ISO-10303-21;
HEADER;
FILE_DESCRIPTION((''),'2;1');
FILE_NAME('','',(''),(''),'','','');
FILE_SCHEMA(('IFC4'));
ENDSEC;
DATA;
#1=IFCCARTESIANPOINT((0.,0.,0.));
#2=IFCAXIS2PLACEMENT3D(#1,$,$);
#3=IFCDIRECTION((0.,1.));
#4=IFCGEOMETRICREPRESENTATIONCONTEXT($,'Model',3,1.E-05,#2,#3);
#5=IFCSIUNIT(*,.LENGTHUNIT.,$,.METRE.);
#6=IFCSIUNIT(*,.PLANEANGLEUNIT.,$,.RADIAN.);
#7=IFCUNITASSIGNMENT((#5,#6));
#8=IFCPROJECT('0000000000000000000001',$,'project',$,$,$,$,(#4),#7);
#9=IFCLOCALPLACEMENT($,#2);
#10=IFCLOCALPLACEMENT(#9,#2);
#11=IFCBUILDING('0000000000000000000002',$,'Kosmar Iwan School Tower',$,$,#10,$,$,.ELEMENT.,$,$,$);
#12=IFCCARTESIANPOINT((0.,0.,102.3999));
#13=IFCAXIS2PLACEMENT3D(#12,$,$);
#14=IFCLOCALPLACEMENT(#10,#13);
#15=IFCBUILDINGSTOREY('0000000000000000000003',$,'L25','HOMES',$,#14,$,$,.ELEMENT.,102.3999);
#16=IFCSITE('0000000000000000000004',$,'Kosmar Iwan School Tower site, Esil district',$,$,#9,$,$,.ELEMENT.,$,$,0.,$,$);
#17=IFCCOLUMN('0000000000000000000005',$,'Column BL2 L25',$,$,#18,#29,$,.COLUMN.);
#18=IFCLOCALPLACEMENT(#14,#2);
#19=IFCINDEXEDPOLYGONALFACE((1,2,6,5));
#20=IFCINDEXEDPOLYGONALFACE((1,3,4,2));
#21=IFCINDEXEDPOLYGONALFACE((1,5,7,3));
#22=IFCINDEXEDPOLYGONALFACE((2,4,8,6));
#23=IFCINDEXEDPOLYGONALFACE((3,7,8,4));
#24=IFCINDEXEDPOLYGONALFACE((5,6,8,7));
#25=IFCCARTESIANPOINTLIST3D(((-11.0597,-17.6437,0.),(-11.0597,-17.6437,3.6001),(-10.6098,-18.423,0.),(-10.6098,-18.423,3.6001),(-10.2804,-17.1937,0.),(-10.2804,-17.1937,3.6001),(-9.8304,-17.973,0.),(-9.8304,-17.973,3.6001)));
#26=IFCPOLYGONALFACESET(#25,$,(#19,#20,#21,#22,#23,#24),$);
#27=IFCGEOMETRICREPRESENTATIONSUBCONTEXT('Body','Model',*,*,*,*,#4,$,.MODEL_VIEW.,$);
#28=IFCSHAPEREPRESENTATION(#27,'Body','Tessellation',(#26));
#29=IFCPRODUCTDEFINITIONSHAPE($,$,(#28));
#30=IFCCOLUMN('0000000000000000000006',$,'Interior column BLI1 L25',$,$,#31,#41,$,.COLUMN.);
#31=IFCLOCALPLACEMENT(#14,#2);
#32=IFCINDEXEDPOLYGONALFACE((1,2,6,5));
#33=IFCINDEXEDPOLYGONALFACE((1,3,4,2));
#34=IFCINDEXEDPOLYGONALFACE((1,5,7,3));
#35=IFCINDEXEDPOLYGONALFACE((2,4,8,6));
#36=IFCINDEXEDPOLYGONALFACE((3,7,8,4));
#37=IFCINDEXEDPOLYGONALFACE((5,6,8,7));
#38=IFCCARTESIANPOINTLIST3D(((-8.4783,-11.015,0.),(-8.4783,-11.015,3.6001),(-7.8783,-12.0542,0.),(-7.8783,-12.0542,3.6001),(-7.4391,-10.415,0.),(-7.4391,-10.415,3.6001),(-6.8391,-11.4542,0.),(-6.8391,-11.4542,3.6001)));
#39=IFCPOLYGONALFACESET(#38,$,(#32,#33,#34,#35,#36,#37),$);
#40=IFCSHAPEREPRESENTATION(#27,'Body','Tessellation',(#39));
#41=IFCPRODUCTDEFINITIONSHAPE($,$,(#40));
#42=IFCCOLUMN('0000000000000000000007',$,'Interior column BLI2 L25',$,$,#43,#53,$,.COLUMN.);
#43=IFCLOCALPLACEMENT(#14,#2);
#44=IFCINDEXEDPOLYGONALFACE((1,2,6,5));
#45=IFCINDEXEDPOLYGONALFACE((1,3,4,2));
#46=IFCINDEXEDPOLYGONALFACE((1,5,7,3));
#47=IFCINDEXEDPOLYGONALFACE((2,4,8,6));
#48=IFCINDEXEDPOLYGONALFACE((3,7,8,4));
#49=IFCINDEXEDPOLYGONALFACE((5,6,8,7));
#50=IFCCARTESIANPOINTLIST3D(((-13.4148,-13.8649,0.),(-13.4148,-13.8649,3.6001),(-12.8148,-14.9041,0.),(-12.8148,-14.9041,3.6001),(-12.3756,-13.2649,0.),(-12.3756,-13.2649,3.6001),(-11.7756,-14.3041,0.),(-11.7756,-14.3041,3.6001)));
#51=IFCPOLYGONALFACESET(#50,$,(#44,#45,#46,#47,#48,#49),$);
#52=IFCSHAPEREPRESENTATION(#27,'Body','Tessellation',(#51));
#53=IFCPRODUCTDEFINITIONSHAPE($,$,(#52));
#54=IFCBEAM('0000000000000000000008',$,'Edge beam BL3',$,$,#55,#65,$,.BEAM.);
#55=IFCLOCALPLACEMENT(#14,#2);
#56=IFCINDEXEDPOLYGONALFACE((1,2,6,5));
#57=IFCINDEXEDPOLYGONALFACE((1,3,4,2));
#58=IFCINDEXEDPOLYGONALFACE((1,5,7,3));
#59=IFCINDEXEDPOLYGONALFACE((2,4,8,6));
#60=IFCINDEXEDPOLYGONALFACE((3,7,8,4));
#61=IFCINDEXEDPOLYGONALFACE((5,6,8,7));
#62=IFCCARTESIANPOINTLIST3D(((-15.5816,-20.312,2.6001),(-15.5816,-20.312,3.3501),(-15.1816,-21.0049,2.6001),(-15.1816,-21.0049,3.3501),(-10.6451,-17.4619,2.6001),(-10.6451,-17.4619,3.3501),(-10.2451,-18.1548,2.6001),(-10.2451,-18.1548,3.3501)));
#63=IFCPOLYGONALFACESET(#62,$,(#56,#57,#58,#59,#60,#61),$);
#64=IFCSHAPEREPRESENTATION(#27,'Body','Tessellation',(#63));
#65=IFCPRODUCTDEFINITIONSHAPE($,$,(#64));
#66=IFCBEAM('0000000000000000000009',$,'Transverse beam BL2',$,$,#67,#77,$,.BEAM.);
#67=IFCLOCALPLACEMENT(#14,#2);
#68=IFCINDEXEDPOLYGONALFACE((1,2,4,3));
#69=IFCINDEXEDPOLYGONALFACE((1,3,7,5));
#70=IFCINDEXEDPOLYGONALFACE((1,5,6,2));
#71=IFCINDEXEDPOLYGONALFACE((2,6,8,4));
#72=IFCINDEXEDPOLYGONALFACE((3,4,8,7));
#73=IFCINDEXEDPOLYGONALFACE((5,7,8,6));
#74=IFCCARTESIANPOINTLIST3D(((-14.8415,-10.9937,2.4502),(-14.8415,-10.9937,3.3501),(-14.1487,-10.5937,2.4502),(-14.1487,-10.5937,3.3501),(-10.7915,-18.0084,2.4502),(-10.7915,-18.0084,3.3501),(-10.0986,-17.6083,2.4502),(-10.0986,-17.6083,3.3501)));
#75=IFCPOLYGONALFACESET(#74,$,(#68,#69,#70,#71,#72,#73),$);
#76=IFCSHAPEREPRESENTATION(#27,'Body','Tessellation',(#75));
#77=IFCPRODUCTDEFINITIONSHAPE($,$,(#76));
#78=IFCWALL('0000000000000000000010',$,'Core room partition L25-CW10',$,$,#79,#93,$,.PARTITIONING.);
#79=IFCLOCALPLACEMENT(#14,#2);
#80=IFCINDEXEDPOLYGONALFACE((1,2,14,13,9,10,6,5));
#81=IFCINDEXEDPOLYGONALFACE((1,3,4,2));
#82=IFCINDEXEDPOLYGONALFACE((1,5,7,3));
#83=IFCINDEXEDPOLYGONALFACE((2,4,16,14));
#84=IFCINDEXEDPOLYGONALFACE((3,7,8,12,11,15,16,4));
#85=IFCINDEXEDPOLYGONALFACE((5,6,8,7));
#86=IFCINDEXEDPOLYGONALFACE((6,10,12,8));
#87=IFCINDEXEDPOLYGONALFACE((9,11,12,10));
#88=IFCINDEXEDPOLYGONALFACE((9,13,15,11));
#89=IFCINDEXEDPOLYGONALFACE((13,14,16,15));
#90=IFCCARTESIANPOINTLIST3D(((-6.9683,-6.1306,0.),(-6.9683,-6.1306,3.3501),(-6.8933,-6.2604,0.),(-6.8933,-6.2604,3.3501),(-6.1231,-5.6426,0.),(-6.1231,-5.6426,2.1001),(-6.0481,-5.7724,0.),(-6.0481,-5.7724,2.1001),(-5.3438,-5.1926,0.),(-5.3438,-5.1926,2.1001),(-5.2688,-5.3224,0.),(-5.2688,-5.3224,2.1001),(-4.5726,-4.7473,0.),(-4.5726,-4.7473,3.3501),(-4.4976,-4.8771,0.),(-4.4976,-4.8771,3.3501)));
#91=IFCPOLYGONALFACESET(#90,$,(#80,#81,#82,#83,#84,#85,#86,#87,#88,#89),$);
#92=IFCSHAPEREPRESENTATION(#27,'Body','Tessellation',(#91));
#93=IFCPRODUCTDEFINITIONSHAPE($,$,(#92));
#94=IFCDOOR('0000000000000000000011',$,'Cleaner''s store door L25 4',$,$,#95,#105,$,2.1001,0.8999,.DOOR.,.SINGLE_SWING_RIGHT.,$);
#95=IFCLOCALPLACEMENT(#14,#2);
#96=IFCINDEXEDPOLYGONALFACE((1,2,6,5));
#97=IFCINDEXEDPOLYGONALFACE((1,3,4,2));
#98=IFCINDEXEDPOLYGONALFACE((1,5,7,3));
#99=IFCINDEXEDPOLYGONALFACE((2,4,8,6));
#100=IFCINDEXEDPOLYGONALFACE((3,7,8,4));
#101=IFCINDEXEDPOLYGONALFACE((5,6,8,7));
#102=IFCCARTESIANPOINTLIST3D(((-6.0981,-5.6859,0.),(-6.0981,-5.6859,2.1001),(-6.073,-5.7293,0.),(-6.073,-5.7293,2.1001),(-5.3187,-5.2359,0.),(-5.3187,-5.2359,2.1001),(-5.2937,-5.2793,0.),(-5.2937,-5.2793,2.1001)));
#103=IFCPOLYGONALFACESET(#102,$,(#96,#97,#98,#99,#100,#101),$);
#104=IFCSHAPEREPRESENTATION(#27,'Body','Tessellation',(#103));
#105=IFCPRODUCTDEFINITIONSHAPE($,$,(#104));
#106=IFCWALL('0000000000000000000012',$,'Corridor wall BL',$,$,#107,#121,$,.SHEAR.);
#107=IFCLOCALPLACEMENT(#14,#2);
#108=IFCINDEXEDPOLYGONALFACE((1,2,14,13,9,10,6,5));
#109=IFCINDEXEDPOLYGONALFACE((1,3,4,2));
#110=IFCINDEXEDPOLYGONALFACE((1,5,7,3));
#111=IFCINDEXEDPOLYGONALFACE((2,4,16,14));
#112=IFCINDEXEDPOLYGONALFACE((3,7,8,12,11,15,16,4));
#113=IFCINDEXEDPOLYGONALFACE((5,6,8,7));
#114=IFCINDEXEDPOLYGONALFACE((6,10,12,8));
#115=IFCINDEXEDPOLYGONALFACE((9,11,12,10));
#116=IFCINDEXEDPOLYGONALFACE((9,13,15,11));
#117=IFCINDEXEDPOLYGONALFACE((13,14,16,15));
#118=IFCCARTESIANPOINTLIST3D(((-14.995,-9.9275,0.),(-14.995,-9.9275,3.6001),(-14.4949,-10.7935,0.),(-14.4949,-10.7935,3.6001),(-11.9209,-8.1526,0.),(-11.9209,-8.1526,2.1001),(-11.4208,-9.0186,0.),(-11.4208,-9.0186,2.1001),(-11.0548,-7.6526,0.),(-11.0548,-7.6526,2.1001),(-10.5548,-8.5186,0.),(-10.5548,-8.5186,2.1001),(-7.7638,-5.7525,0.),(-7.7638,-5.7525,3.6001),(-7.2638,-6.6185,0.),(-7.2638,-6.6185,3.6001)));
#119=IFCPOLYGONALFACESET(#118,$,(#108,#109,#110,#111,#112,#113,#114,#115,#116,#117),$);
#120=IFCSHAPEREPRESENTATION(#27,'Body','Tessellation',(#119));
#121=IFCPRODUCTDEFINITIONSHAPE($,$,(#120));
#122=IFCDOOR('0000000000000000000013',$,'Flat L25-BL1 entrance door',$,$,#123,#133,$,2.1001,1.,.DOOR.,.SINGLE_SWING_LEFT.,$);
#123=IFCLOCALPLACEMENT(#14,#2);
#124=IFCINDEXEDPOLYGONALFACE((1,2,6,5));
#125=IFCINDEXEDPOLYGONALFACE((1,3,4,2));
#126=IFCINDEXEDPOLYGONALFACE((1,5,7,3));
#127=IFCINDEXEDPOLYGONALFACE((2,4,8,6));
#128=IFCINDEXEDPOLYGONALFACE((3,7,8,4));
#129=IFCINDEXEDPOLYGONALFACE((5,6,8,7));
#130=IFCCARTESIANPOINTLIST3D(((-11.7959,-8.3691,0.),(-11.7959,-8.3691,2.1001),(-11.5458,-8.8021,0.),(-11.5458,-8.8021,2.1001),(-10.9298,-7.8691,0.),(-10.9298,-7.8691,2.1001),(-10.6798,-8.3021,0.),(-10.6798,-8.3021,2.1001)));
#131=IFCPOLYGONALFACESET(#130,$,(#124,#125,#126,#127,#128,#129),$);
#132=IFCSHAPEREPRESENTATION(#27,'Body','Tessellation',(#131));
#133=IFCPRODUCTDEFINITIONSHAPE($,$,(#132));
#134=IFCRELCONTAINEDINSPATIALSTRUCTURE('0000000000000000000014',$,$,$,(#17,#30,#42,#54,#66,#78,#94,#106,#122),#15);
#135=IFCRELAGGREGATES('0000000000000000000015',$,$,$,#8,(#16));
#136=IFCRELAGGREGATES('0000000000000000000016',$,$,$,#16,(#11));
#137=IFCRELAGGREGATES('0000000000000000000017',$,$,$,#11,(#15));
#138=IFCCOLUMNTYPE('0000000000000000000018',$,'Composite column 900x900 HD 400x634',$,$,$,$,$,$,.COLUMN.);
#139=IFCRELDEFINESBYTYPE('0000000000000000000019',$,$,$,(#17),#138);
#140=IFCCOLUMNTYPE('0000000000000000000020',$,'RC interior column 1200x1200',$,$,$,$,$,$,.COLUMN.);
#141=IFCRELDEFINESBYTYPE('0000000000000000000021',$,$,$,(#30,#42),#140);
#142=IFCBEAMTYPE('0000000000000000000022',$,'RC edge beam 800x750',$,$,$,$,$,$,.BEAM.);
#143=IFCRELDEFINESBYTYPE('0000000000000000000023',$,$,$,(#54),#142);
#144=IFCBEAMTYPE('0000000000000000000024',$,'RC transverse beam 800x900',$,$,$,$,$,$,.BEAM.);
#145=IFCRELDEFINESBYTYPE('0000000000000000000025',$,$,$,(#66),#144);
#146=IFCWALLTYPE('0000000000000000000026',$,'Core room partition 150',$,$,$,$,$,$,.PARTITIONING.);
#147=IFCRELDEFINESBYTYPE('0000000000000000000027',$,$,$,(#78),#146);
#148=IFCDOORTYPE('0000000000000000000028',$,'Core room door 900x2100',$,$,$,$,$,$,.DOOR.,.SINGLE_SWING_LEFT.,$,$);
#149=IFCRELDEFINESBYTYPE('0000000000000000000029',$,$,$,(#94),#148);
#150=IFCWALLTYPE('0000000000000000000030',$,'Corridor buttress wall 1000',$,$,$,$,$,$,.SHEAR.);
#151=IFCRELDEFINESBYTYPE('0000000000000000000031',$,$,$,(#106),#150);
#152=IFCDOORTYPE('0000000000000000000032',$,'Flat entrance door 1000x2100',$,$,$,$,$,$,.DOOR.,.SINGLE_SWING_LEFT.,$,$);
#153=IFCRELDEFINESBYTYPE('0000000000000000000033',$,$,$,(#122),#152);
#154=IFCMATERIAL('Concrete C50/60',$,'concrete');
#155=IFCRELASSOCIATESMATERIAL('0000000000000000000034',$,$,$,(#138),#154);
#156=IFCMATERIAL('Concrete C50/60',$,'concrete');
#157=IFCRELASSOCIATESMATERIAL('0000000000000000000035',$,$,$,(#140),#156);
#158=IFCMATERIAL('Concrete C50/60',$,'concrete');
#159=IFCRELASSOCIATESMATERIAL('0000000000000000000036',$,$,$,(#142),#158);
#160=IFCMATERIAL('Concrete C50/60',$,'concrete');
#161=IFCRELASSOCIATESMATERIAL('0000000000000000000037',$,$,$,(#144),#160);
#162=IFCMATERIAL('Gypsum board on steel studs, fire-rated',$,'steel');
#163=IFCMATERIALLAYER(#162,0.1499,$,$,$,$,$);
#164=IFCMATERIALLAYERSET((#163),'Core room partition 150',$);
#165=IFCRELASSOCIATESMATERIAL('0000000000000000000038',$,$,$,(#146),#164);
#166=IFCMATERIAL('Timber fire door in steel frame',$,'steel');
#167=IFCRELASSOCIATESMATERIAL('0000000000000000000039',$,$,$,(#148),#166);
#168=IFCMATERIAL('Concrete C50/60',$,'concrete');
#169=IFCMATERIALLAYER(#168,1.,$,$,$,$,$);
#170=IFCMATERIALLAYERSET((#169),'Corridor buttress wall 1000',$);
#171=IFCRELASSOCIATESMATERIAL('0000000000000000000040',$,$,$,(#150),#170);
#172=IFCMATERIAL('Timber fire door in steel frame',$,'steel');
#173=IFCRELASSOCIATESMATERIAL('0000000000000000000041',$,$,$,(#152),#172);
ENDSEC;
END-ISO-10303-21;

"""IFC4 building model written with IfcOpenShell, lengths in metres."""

from ifc_helpers import new_model, si_unit, direction, frame, frame_2d, origin, origin_2d, place, context, subcontext, project, spatial, rectangle, extrude, material, layer, layer_set, material_profile, profile_set, type_object, element, fill, save


model = new_model("IFC4")

# Units and contexts
model_context = context("Model", 3, precision=1e-05, world=origin(), true_north=direction((0.0, 1.0)))
body_context = subcontext(model_context, "Body", "Model", "MODEL_VIEW")
ifc_project = project(units=[si_unit("LENGTHUNIT", "METRE"), si_unit("PLANEANGLEUNIT", "RADIAN")], contexts=[model_context])

# Site, building, storey
site_placement = place(None, origin())
site = spatial("IfcSite", under=ifc_project, at=site_placement, Name="Kosmar Iwan School Tower site, Esil district", CompositionType="ELEMENT", RefElevation=0.0)
building_placement = place(site_placement, origin())
building = spatial("IfcBuilding", under=site, at=building_placement, Name="Kosmar Iwan School Tower", CompositionType="ELEMENT")
storey_placement = place(building_placement, frame((0.0, 0.0, 102.3999)))
storey = spatial("IfcBuildingStorey", under=building, at=storey_placement, Name="L25", Description="HOMES", CompositionType="ELEMENT", Elevation=102.3999)

# Columns
ifc_material_1 = material(Name="Concrete C50/60", Category="concrete")
ifc_material_profile_1 = material_profile(ifc_material_1, rectangle(XDim=0.8999, YDim=0.8999, at=origin_2d()), Name="RC 900x900 + HD 400x634")
ifc_profile_set_1 = profile_set([ifc_material_profile_1], Name="Concrete C50/60")
column_type_1 = type_object("IfcColumnType", Name="Composite column 900x900 HD 400x634", PredefinedType="COLUMN", material=ifc_profile_set_1)
column_placement = place(storey_placement, frame((-10.4451, -17.8083, 0.0), z_axis=(0.0, 0.0, 1.0), x_axis=(-0.866025, -0.5, 0.0)))
element("IfcColumn", 1, at=column_placement, inside=storey, type_object=column_type_1, Name="Column BL2 L25", PredefinedType="COLUMN", context=body_context, shape_type="SweptSolid", body=[
    extrude(rectangle(XDim=0.8999, YDim=0.8999, at=origin_2d()), origin(), (0.0, 0.0, 1.0), 3.6001),
])
ifc_material_2 = material(Name="Concrete C50/60", Category="concrete")
ifc_material_profile_2 = material_profile(ifc_material_2, rectangle(XDim=1.2, YDim=1.2, at=origin_2d()), Name="RC 1200x1200")
ifc_profile_set_2 = profile_set([ifc_material_profile_2], Name="Concrete C50/60")
column_type_2 = type_object("IfcColumnType", Name="RC interior column 1200x1200", PredefinedType="COLUMN", material=ifc_profile_set_2)
for number, where, z_axis, x_axis, name in (
    (2, (-7.6587, -11.2346, 0.0), (0.0, 0.0, 1.0), (-0.866025, -0.5, 0.0), "Interior column BLI1 L25"),
    (3, (-12.5952, -14.0845, 0.0), (0.0, 0.0, 1.0), (-0.866025, -0.5, 0.0), "Interior column BLI2 L25"),
):
    element("IfcColumn", number, at=place(storey_placement, frame(where, z_axis=z_axis, x_axis=x_axis)), inside=storey, type_object=column_type_2, Name=name, PredefinedType="COLUMN", context=body_context, shape_type="SweptSolid", body=[
        extrude(rectangle(XDim=1.2, YDim=1.2, at=origin_2d()), origin(), (0.0, 0.0, 1.0), 3.6001),
    ])

# Beams
ifc_material_3 = material(Name="Concrete C50/60", Category="concrete")
ifc_material_profile_3 = material_profile(ifc_material_3, rectangle(XDim=0.8, YDim=0.75, at=origin_2d()), Name="RC 800x750")
ifc_profile_set_3 = profile_set([ifc_material_profile_3], Name="Concrete C50/60")
beam_type_1 = type_object("IfcBeamType", Name="RC edge beam 800x750", PredefinedType="BEAM", material=ifc_profile_set_3)
beam_1_placement = place(storey_placement, frame((-10.4451, -17.8083, 2.9751), z_axis=(-0.866026, -0.499999, 0.0), x_axis=(0.499999, -0.866026, 0.0)))
element("IfcBeam", 4, at=beam_1_placement, inside=storey, type_object=beam_type_1, Name="Edge beam BL3", PredefinedType="BEAM", context=body_context, shape_type="SweptSolid", body=[
    extrude(rectangle(XDim=0.8, YDim=0.75, at=origin_2d()), origin(), (0.0, 0.0, 1.0), 5.7002),
])
ifc_material_4 = material(Name="Concrete C50/60", Category="concrete")
ifc_material_profile_4 = material_profile(ifc_material_4, rectangle(XDim=0.8, YDim=0.8999, at=origin_2d()), Name="RC 800x900")
ifc_profile_set_4 = profile_set([ifc_material_profile_4], Name="Concrete C50/60")
beam_type_2 = type_object("IfcBeamType", Name="RC transverse beam 800x900", PredefinedType="BEAM", material=ifc_profile_set_4)
beam_2_placement = place(storey_placement, frame((-10.4451, -17.8083, 2.9001), z_axis=(-0.500013, 0.866018, 0.0), x_axis=(-0.866018, -0.500013, 0.0)))
element("IfcBeam", 5, at=beam_2_placement, inside=storey, type_object=beam_type_2, Name="Transverse beam BL2", PredefinedType="BEAM", context=body_context, shape_type="SweptSolid", body=[
    extrude(rectangle(XDim=0.8, YDim=0.8999, at=origin_2d()), origin(), (0.0, 0.0, 1.0), 8.0999),
])

# Walls, openings, doors
ifc_material_5 = material(Name="Gypsum board on steel studs, fire-rated", Category="steel")
ifc_layer_1 = layer(ifc_material_5, 0.1499)
ifc_layer_set_1 = layer_set([ifc_layer_1], Name="Core room partition 150")
wall_type_1 = type_object("IfcWallType", Name="Core room partition 150", PredefinedType="PARTITIONING", material=ifc_layer_set_1)
wall_1_placement = place(storey_placement, frame((-6.9309, -6.1956, 0.0), z_axis=(0.0, 0.0, 1.0), x_axis=(0.866008, 0.500031, 0.0)))
wall_1 = element("IfcWall", 6, at=wall_1_placement, inside=storey, type_object=wall_type_1, Name="Core room partition L25-CW10", PredefinedType="PARTITIONING", context=body_context, shape_type="SweptSolid", body=[
    extrude(rectangle(XDim=2.7664, YDim=0.1499, at=frame_2d((1.3833, 0.0))), origin(), (0.0, 0.0, 1.0), 3.3501),
])
opening_1_placement = place(wall_1_placement, frame((0.9761, 0.0, 0.0)))
opening_1 = element("IfcOpeningElement", 7, at=opening_1_placement, cuts=wall_1, PredefinedType="OPENING", context=body_context, shape_type="SweptSolid", body=[
    extrude(rectangle(XDim=0.8999, YDim=2.1001, at=frame_2d((0.45, 1.05))), frame((0.0, 0.0869, 0.0), z_axis=(0.0, -1.0, 0.0), x_axis=(1.0, 0.0, 0.0)), (0.0, 0.0, 1.0), 0.1738),
])
ifc_material_6 = material(Name="Timber fire door in steel frame", Category="steel")
door_type_1 = type_object("IfcDoorType", Name="Core room door 900x2100", OperationType="SINGLE_SWING_LEFT", PredefinedType="DOOR", material=ifc_material_6)
door_1_placement = place(opening_1_placement, origin())
door_1 = element("IfcDoor", 8, at=door_1_placement, inside=storey, type_object=door_type_1, Name="Cleaner's store door L25 4", OperationType="SINGLE_SWING_RIGHT", OverallHeight=2.1001, OverallWidth=0.8999, PredefinedType="DOOR", context=body_context, shape_type="SweptSolid", body=[
    extrude(rectangle(XDim=0.8999, YDim=2.1001, at=frame_2d((0.45, 1.05))), frame((0.0, 0.0249, 0.0), z_axis=(0.0, -1.0, 0.0), x_axis=(1.0, 0.0, 0.0)), (0.0, 0.0, 1.0), 0.05),
])
fill(opening_1, door_1)
ifc_material_7 = material(Name="Concrete C50/60", Category="concrete")
ifc_layer_2 = layer(ifc_material_7, 1.0)
ifc_layer_set_2 = layer_set([ifc_layer_2], Name="Corridor buttress wall 1000")
wall_type_2 = type_object("IfcWallType", Name="Corridor buttress wall 1000", PredefinedType="SHEAR", material=ifc_layer_set_2)
wall_2_placement = place(storey_placement, frame((-7.5139, -6.1855, 0.0), z_axis=(0.0, 0.0, 1.0), x_axis=(-0.86602, -0.50001, 0.0)))
wall_2 = element("IfcWall", 9, at=wall_2_placement, inside=storey, type_object=wall_type_2, Name="Corridor wall BL", PredefinedType="SHEAR", context=body_context, shape_type="SweptSolid", body=[
    extrude(rectangle(XDim=8.3499, YDim=1.0, at=frame_2d((4.1748, 0.0))), origin(), (0.0, 0.0, 1.0), 3.6001),
])
opening_2_placement = place(wall_2_placement, frame((3.8, 0.0, 0.0)))
opening_2 = element("IfcOpeningElement", 10, at=opening_2_placement, cuts=wall_2, PredefinedType="OPENING", context=body_context, shape_type="SweptSolid", body=[
    extrude(rectangle(XDim=1.0, YDim=2.1001, at=frame_2d((0.5, 1.05))), frame((0.0, 0.512, 0.0), z_axis=(0.0, -1.0, 0.0), x_axis=(1.0, 0.0, 0.0)), (0.0, 0.0, 1.0), 1.0239),
])
ifc_material_8 = material(Name="Timber fire door in steel frame", Category="steel")
door_type_2 = type_object("IfcDoorType", Name="Flat entrance door 1000x2100", OperationType="SINGLE_SWING_LEFT", PredefinedType="DOOR", material=ifc_material_8)
door_2_placement = place(opening_2_placement, origin())
door_2 = element("IfcDoor", 11, at=door_2_placement, inside=storey, type_object=door_type_2, Name="Flat L25-BL1 entrance door", OperationType="SINGLE_SWING_LEFT", OverallHeight=2.1001, OverallWidth=1.0, PredefinedType="DOOR", context=body_context, shape_type="SweptSolid", body=[
    extrude(rectangle(XDim=1.0, YDim=2.1001, at=frame_2d((0.5, 1.05))), frame((0.0, 0.25, 0.0), z_axis=(0.0, -1.0, 0.0), x_axis=(1.0, 0.0, 0.0)), (0.0, 0.0, 1.0), 0.5),
])
fill(opening_2, door_2)

save(model, "model.ifc")
